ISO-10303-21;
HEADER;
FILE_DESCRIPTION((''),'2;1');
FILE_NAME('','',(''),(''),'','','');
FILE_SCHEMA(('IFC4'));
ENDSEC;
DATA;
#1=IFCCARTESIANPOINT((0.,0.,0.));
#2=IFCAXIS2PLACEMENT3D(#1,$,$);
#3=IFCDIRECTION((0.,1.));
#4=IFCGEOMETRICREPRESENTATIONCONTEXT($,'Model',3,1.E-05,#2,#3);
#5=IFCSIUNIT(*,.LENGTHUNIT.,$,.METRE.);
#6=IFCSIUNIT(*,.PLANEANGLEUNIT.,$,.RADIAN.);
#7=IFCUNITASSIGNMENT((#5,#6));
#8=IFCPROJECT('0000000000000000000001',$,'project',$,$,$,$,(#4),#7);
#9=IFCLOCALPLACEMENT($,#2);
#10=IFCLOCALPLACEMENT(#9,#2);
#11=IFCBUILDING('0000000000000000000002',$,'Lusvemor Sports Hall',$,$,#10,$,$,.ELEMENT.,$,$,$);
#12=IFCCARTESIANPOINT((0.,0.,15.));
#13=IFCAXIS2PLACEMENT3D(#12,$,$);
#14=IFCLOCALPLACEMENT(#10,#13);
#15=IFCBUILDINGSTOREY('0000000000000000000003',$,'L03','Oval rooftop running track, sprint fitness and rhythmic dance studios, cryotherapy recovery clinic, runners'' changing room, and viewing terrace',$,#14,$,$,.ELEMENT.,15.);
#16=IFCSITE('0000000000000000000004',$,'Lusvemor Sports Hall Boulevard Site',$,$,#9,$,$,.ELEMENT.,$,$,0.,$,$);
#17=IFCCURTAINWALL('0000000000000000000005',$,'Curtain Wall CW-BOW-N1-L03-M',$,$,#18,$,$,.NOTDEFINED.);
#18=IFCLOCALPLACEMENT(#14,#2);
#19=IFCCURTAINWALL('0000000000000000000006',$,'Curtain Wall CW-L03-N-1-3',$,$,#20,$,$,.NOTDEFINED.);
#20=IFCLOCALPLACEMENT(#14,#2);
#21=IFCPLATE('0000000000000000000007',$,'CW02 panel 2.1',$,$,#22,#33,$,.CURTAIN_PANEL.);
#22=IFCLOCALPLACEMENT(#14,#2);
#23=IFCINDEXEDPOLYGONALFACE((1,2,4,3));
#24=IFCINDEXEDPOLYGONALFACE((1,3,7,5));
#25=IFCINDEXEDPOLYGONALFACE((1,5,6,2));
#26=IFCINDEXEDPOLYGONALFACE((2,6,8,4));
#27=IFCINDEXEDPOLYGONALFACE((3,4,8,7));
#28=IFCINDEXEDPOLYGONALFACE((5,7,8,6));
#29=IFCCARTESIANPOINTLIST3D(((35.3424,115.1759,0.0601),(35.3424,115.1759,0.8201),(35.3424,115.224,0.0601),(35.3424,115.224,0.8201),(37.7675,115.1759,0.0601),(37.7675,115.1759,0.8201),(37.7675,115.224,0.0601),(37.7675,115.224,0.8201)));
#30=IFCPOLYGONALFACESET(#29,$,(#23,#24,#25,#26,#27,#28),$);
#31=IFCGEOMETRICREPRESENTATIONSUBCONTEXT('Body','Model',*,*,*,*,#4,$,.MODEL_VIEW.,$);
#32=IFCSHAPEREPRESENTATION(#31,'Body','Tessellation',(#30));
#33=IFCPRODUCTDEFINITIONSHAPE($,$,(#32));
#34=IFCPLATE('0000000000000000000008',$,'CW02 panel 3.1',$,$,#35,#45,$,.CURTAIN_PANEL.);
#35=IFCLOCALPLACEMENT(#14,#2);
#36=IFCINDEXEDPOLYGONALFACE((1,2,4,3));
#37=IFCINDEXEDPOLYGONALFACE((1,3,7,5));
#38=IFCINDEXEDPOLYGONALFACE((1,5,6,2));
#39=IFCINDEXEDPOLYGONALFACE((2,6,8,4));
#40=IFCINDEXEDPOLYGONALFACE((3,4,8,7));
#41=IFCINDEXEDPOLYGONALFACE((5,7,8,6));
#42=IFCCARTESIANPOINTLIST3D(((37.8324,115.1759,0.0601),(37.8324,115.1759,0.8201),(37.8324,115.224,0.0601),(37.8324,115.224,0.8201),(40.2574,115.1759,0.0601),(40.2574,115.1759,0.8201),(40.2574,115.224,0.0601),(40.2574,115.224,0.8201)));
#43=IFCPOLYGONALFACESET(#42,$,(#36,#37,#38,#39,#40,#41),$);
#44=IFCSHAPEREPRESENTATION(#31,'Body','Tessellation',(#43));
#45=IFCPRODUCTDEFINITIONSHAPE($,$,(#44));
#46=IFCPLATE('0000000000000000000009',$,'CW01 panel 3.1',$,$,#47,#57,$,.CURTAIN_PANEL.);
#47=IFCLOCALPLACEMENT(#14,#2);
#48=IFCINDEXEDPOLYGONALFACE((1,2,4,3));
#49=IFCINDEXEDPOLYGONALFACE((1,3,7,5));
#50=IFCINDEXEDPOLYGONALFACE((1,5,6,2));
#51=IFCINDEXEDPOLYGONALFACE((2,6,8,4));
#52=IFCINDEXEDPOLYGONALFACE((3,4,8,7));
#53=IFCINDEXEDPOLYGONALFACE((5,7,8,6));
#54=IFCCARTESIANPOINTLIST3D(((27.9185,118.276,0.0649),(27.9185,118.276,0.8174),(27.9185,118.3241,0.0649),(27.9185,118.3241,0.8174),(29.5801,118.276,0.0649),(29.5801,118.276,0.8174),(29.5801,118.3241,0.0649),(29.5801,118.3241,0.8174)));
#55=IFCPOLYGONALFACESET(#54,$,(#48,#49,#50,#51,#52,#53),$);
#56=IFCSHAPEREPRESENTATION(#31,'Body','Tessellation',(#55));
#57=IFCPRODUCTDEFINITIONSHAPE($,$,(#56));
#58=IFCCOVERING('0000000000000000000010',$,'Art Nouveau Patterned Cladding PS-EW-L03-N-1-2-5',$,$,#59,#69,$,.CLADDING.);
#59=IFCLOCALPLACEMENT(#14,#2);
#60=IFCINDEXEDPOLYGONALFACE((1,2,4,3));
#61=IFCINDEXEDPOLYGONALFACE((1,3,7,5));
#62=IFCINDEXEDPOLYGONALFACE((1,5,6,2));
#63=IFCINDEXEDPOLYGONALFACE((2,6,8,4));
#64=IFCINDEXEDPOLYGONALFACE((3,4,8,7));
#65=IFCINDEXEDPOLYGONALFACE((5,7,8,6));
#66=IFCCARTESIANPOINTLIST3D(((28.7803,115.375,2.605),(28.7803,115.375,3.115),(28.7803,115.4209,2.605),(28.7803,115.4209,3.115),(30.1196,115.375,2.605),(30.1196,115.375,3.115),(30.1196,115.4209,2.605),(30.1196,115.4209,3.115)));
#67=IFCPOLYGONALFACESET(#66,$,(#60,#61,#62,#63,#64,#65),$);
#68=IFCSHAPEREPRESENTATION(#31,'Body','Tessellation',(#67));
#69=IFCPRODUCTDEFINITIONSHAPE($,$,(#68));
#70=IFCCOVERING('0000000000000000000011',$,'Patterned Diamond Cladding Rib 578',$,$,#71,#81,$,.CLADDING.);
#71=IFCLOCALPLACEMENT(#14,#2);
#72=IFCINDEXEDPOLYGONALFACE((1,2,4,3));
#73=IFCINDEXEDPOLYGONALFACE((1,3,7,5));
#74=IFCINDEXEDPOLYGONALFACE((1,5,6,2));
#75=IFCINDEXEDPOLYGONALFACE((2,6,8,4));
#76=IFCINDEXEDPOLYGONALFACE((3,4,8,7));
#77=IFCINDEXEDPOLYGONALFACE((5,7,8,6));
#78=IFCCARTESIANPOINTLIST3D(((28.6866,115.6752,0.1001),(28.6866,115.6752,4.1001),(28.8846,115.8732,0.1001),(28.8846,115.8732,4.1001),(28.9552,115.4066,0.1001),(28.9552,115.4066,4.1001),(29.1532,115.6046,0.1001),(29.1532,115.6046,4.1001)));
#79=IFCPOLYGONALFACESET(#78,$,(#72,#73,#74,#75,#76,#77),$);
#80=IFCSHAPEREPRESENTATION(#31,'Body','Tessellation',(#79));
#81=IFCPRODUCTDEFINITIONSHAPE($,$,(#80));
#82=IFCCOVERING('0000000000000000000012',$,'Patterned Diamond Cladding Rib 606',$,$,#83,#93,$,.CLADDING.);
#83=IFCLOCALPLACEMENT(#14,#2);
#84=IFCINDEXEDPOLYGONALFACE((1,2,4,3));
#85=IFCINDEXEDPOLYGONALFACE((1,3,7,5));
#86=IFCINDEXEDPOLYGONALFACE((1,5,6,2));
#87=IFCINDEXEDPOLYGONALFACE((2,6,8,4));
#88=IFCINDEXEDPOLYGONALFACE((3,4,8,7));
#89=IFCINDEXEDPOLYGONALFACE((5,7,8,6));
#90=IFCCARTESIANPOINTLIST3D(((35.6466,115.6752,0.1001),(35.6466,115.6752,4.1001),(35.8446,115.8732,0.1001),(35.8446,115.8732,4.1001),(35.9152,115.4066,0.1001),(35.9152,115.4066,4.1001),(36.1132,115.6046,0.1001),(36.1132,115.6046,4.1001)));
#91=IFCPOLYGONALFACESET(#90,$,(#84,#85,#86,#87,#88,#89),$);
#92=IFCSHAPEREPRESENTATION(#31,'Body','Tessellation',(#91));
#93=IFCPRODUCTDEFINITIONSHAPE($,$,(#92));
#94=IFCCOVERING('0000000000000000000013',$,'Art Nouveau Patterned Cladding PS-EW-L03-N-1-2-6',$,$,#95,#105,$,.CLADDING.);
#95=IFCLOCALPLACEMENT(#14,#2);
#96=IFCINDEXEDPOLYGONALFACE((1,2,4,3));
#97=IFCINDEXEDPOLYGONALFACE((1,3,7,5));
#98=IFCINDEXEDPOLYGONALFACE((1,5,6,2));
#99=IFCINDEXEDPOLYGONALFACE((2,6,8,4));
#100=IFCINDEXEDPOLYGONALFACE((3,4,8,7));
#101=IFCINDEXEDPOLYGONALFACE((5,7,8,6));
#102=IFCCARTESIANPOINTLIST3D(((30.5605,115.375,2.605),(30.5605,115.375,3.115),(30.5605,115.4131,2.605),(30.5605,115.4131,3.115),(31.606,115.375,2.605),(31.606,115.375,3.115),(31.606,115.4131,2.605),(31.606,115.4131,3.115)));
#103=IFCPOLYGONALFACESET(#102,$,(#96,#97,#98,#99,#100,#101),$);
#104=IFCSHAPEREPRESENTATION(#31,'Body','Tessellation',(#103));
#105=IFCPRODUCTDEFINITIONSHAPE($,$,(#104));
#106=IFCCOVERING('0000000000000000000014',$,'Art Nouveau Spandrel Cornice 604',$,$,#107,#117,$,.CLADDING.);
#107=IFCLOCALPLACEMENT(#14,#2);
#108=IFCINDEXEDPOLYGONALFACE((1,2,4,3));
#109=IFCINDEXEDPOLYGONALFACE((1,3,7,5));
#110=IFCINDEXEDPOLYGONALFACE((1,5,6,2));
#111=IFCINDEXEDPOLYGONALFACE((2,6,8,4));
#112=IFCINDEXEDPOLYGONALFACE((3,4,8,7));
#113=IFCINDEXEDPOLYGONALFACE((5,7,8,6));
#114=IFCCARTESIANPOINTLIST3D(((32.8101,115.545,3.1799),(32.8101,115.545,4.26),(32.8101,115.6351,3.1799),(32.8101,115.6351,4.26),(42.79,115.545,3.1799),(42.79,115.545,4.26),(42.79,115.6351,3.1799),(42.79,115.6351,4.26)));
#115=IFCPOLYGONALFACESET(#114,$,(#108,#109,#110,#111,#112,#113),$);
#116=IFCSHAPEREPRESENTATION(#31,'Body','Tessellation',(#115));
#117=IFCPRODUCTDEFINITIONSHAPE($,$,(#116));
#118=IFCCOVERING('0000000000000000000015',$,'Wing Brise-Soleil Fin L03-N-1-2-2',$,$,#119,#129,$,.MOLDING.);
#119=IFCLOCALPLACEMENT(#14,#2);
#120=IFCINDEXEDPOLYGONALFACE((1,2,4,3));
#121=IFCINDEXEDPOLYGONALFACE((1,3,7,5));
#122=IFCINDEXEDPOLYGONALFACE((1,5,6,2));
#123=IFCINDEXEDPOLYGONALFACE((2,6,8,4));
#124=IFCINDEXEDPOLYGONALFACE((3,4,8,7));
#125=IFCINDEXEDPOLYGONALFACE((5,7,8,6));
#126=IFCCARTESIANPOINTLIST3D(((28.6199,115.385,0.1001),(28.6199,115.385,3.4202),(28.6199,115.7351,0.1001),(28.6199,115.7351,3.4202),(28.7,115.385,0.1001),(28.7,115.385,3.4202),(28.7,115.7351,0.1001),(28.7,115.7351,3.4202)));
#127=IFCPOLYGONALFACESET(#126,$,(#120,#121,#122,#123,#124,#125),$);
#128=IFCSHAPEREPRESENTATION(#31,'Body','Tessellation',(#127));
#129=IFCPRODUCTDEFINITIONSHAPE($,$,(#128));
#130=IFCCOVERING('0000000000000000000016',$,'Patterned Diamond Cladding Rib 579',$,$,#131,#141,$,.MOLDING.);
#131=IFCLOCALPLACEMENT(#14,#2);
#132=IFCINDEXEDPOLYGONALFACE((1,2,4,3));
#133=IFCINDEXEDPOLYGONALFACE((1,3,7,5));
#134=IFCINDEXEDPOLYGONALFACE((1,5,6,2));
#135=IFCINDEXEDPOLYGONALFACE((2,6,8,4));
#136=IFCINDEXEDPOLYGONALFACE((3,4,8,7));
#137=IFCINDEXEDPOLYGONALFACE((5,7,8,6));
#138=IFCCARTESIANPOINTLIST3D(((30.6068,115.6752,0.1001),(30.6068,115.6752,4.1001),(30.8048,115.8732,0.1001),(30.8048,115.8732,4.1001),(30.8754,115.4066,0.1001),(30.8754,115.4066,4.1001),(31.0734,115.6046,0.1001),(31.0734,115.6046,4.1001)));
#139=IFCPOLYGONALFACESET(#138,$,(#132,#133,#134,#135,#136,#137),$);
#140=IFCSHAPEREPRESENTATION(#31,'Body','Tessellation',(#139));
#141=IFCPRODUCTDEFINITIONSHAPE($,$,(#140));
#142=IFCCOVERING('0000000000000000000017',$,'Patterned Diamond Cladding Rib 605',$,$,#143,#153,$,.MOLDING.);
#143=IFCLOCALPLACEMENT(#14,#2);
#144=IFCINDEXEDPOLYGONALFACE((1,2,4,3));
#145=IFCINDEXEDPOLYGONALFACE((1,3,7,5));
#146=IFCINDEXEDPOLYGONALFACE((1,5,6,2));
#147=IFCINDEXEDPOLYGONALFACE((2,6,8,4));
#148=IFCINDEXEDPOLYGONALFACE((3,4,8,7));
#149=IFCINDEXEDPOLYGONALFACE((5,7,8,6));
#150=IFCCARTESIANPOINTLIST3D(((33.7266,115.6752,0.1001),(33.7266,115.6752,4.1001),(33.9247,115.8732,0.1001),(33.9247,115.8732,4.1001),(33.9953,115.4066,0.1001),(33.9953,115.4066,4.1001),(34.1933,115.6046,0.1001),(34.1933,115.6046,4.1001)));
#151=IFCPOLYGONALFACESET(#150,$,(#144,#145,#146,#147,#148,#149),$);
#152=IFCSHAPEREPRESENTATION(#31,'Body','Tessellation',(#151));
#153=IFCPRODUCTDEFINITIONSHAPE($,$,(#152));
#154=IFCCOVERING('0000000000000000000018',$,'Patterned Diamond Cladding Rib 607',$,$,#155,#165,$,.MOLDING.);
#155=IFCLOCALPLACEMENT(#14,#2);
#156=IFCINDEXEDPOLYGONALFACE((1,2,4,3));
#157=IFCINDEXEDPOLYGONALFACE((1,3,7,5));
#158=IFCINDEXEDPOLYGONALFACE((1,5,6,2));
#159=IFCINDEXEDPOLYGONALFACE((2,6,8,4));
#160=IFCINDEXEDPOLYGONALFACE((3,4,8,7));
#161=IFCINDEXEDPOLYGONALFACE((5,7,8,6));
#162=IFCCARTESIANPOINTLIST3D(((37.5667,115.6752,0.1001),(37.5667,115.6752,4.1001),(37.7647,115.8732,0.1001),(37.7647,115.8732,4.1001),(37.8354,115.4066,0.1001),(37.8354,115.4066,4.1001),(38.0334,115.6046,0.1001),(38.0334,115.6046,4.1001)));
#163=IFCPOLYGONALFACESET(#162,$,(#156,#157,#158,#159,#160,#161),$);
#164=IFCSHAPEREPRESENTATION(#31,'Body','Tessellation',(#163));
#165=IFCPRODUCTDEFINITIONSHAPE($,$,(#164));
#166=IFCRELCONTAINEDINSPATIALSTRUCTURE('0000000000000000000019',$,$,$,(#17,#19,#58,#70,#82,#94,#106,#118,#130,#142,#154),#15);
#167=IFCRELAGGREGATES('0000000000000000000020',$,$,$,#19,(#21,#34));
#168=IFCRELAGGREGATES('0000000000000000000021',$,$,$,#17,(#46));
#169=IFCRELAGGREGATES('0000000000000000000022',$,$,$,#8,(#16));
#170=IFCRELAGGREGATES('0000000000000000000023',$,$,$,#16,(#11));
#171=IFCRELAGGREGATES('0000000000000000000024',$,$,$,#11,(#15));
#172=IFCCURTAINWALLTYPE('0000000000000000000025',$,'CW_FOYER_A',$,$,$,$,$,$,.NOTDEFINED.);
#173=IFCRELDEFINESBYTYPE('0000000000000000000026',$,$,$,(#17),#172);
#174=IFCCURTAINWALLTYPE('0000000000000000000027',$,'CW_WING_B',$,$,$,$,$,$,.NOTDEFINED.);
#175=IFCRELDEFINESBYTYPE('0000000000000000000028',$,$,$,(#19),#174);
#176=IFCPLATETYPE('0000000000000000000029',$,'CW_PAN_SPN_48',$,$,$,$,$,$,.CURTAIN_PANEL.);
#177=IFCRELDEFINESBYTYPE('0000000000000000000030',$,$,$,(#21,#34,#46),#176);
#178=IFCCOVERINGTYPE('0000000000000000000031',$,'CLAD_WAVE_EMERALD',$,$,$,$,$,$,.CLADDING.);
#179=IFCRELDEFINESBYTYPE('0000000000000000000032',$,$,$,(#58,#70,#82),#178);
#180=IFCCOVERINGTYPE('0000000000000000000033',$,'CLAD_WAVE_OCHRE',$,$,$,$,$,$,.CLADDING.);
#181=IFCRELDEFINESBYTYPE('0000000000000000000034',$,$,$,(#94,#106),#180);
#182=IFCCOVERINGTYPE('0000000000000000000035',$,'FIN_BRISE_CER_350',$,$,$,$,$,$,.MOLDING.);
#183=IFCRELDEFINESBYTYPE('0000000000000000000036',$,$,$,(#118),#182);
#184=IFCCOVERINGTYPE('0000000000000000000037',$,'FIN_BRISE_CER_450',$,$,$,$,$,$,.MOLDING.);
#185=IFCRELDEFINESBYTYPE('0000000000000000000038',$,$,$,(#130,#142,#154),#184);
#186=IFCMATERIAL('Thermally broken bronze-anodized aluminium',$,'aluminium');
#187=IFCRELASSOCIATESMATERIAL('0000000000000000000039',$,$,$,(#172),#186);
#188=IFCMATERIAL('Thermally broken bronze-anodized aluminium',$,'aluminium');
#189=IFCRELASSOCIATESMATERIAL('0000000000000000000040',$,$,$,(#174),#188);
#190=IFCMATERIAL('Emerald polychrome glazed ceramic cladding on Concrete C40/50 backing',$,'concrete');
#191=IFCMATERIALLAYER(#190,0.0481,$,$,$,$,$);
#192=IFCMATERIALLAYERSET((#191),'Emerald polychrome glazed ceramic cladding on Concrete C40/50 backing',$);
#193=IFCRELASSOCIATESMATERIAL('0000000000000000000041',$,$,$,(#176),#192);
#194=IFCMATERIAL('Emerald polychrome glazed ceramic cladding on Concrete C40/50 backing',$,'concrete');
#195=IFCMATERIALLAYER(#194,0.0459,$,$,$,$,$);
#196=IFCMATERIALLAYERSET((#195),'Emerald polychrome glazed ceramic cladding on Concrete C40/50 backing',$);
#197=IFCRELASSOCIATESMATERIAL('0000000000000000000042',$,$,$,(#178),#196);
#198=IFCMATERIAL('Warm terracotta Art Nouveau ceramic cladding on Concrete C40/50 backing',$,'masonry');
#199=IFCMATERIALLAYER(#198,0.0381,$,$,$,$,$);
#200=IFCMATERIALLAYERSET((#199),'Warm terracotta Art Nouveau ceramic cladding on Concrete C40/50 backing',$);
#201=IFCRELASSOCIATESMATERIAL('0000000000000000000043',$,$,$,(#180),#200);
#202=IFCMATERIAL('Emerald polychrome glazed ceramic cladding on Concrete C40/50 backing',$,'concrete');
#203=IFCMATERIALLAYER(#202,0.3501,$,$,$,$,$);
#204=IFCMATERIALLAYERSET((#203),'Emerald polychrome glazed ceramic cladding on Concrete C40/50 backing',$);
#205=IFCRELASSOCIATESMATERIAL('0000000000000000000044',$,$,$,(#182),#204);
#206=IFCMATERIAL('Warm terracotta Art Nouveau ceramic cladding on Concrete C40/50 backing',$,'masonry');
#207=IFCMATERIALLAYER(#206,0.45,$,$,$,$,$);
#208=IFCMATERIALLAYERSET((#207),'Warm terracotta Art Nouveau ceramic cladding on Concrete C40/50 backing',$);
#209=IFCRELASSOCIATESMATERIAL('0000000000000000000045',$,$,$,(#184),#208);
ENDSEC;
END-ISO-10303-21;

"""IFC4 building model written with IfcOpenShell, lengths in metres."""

from ifc_helpers import new_model, si_unit, direction, frame, origin, origin_2d, place, context, subcontext, project, spatial, rectangle, extrude, material, layer, layer_set, type_object, element, aggregate, save


model = new_model("IFC4")

# Units and contexts
model_context = context("Model", 3, precision=1e-05, world=origin(), true_north=direction((0.0, 1.0)))
body_context = subcontext(model_context, "Body", "Model", "MODEL_VIEW")
ifc_project = project(units=[si_unit("LENGTHUNIT", "METRE"), si_unit("PLANEANGLEUNIT", "RADIAN")], contexts=[model_context])

# Site, building, storey
site_placement = place(None, origin())
site = spatial("IfcSite", under=ifc_project, at=site_placement, Name="Lusvemor Sports Hall Boulevard Site", CompositionType="ELEMENT", RefElevation=0.0)
building_placement = place(site_placement, origin())
building = spatial("IfcBuilding", under=site, at=building_placement, Name="Lusvemor Sports Hall", CompositionType="ELEMENT")
storey_placement = place(building_placement, frame((0.0, 0.0, 15.0)))
storey = spatial("IfcBuildingStorey", under=building, at=storey_placement, Name="L03", Description="Oval rooftop running track, sprint fitness and rhythmic dance studios, cryotherapy recovery clinic, runners' changing room, and viewing terrace", CompositionType="ELEMENT", Elevation=15.0)

# Curtain walls
ifc_material_1 = material(Name="Thermally broken bronze-anodized aluminium", Category="aluminium")
curtain_wall_type_1 = type_object("IfcCurtainWallType", Name="CW_FOYER_A", PredefinedType="NOTDEFINED", material=ifc_material_1)
curtain_wall_1_placement = place(storey_placement, origin())
curtain_wall_1 = element("IfcCurtainWall", 1, at=curtain_wall_1_placement, inside=storey, type_object=curtain_wall_type_1, Name="Curtain Wall CW-BOW-N1-L03-M", PredefinedType="NOTDEFINED")
ifc_material_2 = material(Name="Thermally broken bronze-anodized aluminium", Category="aluminium")
curtain_wall_type_2 = type_object("IfcCurtainWallType", Name="CW_WING_B", PredefinedType="NOTDEFINED", material=ifc_material_2)
curtain_wall_2_placement = place(storey_placement, origin())
curtain_wall_2 = element("IfcCurtainWall", 2, at=curtain_wall_2_placement, inside=storey, type_object=curtain_wall_type_2, Name="Curtain Wall CW-L03-N-1-3", PredefinedType="NOTDEFINED")

# Plates
ifc_material_3 = material(Name="Emerald polychrome glazed ceramic cladding on Concrete C40/50 backing", Category="concrete")
ifc_layer_1 = layer(ifc_material_3, 0.0481)
ifc_layer_set_1 = layer_set([ifc_layer_1], Name="Emerald polychrome glazed ceramic cladding on Concrete C40/50 backing")
plate_type_1 = type_object("IfcPlateType", Name="CW_PAN_SPN_48", PredefinedType="CURTAIN_PANEL", material=ifc_layer_set_1)
plate_1_placement = place(storey_placement, frame((36.5549, 115.2, 0.0601), z_axis=(0.0, 0.0, 1.0), x_axis=(1.0, 0.0, 0.0)))
plate_1 = element("IfcPlate", 3, at=plate_1_placement, type_object=plate_type_1, Name="CW02 panel 2.1", PredefinedType="CURTAIN_PANEL", context=body_context, shape_type="SweptSolid", body=[
    extrude(rectangle(XDim=2.425, YDim=0.0481, at=origin_2d()), origin(), (0.0, 0.0, 1.0), 0.76),
])
plate_2_placement = place(storey_placement, frame((39.0449, 115.2, 0.0601), z_axis=(0.0, 0.0, 1.0), x_axis=(1.0, 0.0, 0.0)))
plate_2 = element("IfcPlate", 4, at=plate_2_placement, type_object=plate_type_1, Name="CW02 panel 3.1", PredefinedType="CURTAIN_PANEL", context=body_context, shape_type="SweptSolid", body=[
    extrude(rectangle(XDim=2.425, YDim=0.0481, at=origin_2d()), origin(), (0.0, 0.0, 1.0), 0.76),
])
aggregate(curtain_wall_2, [plate_1, plate_2])
plate_3_placement = place(storey_placement, frame((28.7493, 118.3, 0.0649), z_axis=(0.0, 0.0, 1.0), x_axis=(1.0, 0.0, 0.0)))
plate_3 = element("IfcPlate", 5, at=plate_3_placement, type_object=plate_type_1, Name="CW01 panel 3.1", PredefinedType="CURTAIN_PANEL", context=body_context, shape_type="SweptSolid", body=[
    extrude(rectangle(XDim=1.6616, YDim=0.0481, at=origin_2d()), origin(), (0.0, 0.0, 1.0), 0.7524),
])
aggregate(curtain_wall_1, [plate_3])

# Coverings
ifc_material_4 = material(Name="Emerald polychrome glazed ceramic cladding on Concrete C40/50 backing", Category="concrete")
ifc_layer_2 = layer(ifc_material_4, 0.0459)
ifc_layer_set_2 = layer_set([ifc_layer_2], Name="Emerald polychrome glazed ceramic cladding on Concrete C40/50 backing")
covering_type_1 = type_object("IfcCoveringType", Name="CLAD_WAVE_EMERALD", PredefinedType="CLADDING", material=ifc_layer_set_2)
covering_1_placement = place(storey_placement, frame((29.45, 115.3979, 2.605), z_axis=(0.0, 0.0, 1.0), x_axis=(1.0, 0.0, 0.0)))
element("IfcCovering", 6, at=covering_1_placement, inside=storey, type_object=covering_type_1, Name="Art Nouveau Patterned Cladding PS-EW-L03-N-1-2-5", PredefinedType="CLADDING", context=body_context, shape_type="SweptSolid", body=[
    extrude(rectangle(XDim=1.3394, YDim=0.0459, at=origin_2d()), origin(), (0.0, 0.0, 1.0), 0.51),
])
for number, where, z_axis, x_axis, name in (
    (7, (28.9199, 115.6399, 0.1001), (0.0, 0.0, 1.0), (0.707107, 0.707107, 0.0), "Patterned Diamond Cladding Rib 578"),
    (8, (35.8799, 115.6399, 0.1001), (0.0, 0.0, 1.0), (0.707107, 0.707107, 0.0), "Patterned Diamond Cladding Rib 606"),
):
    element("IfcCovering", number, at=place(storey_placement, frame(where, z_axis=z_axis, x_axis=x_axis)), inside=storey, type_object=covering_type_1, Name=name, PredefinedType="CLADDING", context=body_context, shape_type="SweptSolid", body=[
        extrude(rectangle(XDim=0.28, YDim=0.3799, at=origin_2d()), origin(), (0.0, 0.0, 1.0), 4.0),
    ])
ifc_material_5 = material(Name="Warm terracotta Art Nouveau ceramic cladding on Concrete C40/50 backing", Category="masonry")
ifc_layer_3 = layer(ifc_material_5, 0.0381)
ifc_layer_set_3 = layer_set([ifc_layer_3], Name="Warm terracotta Art Nouveau ceramic cladding on Concrete C40/50 backing")
covering_type_2 = type_object("IfcCoveringType", Name="CLAD_WAVE_OCHRE", PredefinedType="CLADDING", material=ifc_layer_set_3)
covering_2_placement = place(storey_placement, frame((31.0833, 115.394, 2.605), z_axis=(0.0, 0.0, 1.0), x_axis=(1.0, 0.0, 0.0)))
element("IfcCovering", 9, at=covering_2_placement, inside=storey, type_object=covering_type_2, Name="Art Nouveau Patterned Cladding PS-EW-L03-N-1-2-6", PredefinedType="CLADDING", context=body_context, shape_type="SweptSolid", body=[
    extrude(rectangle(XDim=1.0454, YDim=0.0381, at=origin_2d()), origin(), (0.0, 0.0, 1.0), 0.51),
])
covering_3_placement = place(storey_placement, frame((37.8, 115.5901, 3.1799), z_axis=(0.0, 0.0, 1.0), x_axis=(1.0, 0.0, 0.0)))
element("IfcCovering", 10, at=covering_3_placement, inside=storey, type_object=covering_type_2, Name="Art Nouveau Spandrel Cornice 604", PredefinedType="CLADDING", context=body_context, shape_type="SweptSolid", body=[
    extrude(rectangle(XDim=9.98, YDim=0.0901, at=origin_2d()), origin(), (0.0, 0.0, 1.0), 1.0801),
])
ifc_material_6 = material(Name="Emerald polychrome glazed ceramic cladding on Concrete C40/50 backing", Category="concrete")
ifc_layer_4 = layer(ifc_material_6, 0.3501)
ifc_layer_set_4 = layer_set([ifc_layer_4], Name="Emerald polychrome glazed ceramic cladding on Concrete C40/50 backing")
covering_type_3 = type_object("IfcCoveringType", Name="FIN_BRISE_CER_350", PredefinedType="MOLDING", material=ifc_layer_set_4)
covering_4_placement = place(storey_placement, frame((28.6599, 115.5601, 0.1001), z_axis=(0.0, 0.0, 1.0), x_axis=(1.0, 0.0, 0.0)))
element("IfcCovering", 11, at=covering_4_placement, inside=storey, type_object=covering_type_3, Name="Wing Brise-Soleil Fin L03-N-1-2-2", PredefinedType="MOLDING", context=body_context, shape_type="SweptSolid", body=[
    extrude(rectangle(XDim=0.0801, YDim=0.3501, at=origin_2d()), origin(), (0.0, 0.0, 1.0), 3.3201),
])
ifc_material_7 = material(Name="Warm terracotta Art Nouveau ceramic cladding on Concrete C40/50 backing", Category="masonry")
ifc_layer_5 = layer(ifc_material_7, 0.45)
ifc_layer_set_5 = layer_set([ifc_layer_5], Name="Warm terracotta Art Nouveau ceramic cladding on Concrete C40/50 backing")
covering_type_4 = type_object("IfcCoveringType", Name="FIN_BRISE_CER_450", PredefinedType="MOLDING", material=ifc_layer_set_5)
for number, where, z_axis, x_axis, name in (
    (12, (30.8401, 115.6399, 0.1001), (0.0, 0.0, 1.0), (0.707107, 0.707107, 0.0), "Patterned Diamond Cladding Rib 579"),
    (13, (33.96, 115.6399, 0.1001), (0.0, 0.0, 1.0), (0.707107, 0.707107, 0.0), "Patterned Diamond Cladding Rib 605"),
    (14, (37.8, 115.6399, 0.1001), (0.0, 0.0, 1.0), (0.707107, 0.707107, 0.0), "Patterned Diamond Cladding Rib 607"),
):
    element("IfcCovering", number, at=place(storey_placement, frame(where, z_axis=z_axis, x_axis=x_axis)), inside=storey, type_object=covering_type_4, Name=name, PredefinedType="MOLDING", context=body_context, shape_type="SweptSolid", body=[
        extrude(rectangle(XDim=0.28, YDim=0.3799, at=origin_2d()), origin(), (0.0, 0.0, 1.0), 4.0),
    ])

save(model, "model.ifc")
